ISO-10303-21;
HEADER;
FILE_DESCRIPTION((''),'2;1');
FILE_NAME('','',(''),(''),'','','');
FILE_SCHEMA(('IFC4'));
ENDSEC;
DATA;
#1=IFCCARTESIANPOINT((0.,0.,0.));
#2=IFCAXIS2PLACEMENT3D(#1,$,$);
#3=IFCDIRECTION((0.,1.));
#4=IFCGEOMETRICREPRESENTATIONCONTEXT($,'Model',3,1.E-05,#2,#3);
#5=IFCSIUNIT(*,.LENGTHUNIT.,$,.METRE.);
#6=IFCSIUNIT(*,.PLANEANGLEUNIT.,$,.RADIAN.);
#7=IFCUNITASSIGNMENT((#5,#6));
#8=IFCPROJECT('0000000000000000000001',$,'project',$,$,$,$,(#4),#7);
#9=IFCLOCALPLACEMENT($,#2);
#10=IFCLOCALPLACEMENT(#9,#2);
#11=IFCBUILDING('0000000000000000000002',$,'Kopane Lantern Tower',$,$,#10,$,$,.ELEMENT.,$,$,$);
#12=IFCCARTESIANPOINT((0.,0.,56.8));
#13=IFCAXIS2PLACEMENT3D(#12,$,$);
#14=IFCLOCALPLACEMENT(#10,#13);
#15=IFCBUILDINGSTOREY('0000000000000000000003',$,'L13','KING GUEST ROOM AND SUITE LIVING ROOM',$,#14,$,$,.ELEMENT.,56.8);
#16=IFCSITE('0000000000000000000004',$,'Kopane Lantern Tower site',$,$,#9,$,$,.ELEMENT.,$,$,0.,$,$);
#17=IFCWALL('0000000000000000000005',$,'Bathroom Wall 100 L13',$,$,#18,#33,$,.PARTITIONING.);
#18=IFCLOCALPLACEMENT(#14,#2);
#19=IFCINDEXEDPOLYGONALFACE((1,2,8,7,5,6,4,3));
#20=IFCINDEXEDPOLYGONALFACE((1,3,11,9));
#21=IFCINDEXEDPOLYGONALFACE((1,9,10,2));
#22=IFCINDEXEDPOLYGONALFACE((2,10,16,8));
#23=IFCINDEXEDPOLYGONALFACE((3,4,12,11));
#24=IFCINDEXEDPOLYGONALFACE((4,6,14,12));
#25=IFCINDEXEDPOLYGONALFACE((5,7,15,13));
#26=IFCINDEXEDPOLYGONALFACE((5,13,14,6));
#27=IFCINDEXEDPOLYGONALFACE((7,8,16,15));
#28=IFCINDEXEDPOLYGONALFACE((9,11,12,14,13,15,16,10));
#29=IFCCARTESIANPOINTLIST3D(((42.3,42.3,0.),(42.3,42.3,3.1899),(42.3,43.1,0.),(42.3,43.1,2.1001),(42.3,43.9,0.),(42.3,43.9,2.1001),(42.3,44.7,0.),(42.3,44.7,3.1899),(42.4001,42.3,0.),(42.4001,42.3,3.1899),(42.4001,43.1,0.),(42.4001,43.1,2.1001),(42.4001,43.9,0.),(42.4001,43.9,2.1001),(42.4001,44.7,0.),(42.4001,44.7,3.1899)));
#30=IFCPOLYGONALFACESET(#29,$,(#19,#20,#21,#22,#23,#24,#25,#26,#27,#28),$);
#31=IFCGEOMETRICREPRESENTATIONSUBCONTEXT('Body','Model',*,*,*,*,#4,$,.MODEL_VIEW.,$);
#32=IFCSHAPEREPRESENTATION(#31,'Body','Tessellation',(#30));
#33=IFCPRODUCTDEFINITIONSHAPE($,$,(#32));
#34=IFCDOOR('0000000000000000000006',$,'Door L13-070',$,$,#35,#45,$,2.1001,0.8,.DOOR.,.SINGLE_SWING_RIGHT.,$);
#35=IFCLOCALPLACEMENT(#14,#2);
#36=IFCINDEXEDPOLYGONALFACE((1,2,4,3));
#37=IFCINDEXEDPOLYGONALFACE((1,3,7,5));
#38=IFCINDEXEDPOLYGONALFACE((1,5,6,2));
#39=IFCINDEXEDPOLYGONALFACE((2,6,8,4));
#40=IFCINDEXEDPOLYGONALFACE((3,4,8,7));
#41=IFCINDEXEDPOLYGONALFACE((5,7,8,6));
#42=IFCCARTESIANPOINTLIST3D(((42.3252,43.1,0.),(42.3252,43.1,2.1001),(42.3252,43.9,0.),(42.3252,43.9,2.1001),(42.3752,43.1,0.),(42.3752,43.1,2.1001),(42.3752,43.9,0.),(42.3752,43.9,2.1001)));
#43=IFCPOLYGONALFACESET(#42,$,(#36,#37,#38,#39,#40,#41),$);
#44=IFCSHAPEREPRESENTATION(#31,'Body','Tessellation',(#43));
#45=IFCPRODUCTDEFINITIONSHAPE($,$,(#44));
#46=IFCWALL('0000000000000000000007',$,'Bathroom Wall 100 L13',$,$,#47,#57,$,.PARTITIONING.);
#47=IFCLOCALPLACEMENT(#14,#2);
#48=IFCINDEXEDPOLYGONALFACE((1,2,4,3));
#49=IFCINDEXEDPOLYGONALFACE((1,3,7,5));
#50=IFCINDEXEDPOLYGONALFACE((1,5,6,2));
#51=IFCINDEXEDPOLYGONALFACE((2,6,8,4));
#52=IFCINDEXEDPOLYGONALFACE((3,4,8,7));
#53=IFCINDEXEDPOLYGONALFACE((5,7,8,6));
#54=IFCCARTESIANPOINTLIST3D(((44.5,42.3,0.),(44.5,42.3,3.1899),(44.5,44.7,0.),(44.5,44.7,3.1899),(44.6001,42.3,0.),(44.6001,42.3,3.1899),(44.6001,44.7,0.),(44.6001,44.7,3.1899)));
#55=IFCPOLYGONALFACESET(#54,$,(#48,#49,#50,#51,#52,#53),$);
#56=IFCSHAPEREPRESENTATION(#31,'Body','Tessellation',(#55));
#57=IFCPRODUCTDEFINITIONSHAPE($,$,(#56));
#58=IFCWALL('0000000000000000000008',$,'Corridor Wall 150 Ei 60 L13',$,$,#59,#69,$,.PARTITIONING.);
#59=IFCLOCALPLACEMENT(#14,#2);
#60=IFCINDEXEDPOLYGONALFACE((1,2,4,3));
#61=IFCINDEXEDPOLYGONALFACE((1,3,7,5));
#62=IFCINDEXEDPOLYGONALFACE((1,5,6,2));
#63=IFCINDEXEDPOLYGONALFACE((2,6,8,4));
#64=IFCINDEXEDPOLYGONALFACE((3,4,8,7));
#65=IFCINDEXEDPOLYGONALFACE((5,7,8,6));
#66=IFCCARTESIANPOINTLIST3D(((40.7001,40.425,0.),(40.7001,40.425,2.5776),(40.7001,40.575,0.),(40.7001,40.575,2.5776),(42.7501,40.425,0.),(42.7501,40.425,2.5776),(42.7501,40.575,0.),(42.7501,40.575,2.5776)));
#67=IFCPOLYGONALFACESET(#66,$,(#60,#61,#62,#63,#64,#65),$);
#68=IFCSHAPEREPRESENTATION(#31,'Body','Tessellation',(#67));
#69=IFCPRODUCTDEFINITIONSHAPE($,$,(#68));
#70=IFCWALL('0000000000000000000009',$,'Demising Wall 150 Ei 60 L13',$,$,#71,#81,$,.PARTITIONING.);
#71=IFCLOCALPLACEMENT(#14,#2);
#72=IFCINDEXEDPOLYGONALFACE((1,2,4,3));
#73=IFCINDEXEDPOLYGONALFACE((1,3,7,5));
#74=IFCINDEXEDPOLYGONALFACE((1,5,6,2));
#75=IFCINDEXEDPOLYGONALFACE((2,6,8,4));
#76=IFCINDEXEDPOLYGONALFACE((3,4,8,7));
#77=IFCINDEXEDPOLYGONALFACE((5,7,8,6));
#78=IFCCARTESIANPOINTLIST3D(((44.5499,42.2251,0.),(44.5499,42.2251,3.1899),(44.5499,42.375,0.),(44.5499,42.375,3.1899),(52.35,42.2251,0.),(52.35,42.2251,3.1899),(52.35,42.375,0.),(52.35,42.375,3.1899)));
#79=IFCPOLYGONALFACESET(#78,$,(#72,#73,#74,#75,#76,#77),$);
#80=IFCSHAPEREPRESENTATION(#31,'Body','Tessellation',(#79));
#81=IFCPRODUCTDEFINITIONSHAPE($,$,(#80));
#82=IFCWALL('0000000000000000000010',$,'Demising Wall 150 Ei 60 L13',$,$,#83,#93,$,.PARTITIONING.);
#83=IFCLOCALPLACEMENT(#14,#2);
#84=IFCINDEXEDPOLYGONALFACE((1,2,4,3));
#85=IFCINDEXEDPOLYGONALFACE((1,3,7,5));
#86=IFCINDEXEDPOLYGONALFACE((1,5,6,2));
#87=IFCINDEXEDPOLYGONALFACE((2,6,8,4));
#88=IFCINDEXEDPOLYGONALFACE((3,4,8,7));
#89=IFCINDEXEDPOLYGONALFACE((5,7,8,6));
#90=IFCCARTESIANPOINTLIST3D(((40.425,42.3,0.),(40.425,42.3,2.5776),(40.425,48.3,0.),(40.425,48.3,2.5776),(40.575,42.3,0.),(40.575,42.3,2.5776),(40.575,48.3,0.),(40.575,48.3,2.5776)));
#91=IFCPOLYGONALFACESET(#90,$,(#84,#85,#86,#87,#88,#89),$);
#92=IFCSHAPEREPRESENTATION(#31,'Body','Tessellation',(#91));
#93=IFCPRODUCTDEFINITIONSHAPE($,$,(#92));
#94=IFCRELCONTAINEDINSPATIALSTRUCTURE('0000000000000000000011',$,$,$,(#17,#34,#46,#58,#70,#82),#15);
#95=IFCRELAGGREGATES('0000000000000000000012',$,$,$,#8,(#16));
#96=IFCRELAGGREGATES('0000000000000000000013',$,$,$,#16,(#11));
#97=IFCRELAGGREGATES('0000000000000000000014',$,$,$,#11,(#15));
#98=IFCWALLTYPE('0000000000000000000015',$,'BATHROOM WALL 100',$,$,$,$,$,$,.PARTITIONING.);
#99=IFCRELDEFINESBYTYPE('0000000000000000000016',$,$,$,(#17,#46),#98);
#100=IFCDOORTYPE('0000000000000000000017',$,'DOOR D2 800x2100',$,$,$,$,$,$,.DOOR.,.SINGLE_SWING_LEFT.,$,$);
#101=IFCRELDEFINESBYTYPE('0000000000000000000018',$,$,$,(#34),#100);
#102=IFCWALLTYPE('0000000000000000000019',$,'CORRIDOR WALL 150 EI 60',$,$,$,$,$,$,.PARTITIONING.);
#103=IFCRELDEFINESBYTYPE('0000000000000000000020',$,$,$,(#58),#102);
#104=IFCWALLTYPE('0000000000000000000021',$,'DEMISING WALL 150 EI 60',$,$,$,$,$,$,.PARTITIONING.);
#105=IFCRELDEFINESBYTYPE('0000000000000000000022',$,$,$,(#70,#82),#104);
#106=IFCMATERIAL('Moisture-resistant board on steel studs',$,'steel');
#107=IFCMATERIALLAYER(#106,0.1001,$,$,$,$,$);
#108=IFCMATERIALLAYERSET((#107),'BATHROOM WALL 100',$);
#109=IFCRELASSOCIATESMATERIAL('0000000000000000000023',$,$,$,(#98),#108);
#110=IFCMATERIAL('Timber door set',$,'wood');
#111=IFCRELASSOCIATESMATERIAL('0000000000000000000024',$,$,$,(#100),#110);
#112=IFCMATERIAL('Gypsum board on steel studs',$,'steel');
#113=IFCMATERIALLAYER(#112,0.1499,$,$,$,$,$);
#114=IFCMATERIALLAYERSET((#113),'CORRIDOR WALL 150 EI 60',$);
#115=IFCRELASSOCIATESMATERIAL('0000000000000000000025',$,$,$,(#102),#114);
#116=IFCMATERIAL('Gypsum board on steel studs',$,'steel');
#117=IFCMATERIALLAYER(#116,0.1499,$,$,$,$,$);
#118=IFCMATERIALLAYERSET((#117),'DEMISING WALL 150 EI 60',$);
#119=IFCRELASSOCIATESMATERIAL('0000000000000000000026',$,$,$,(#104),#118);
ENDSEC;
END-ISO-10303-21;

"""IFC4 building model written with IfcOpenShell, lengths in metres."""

from ifc_helpers import new_model, si_unit, direction, frame, frame_2d, origin, place, context, subcontext, project, spatial, rectangle, extrude, material, layer, layer_set, type_object, element, fill, save


model = new_model("IFC4")

# Units and contexts
model_context = context("Model", 3, precision=1e-05, world=origin(), true_north=direction((0.0, 1.0)))
body_context = subcontext(model_context, "Body", "Model", "MODEL_VIEW")
ifc_project = project(units=[si_unit("LENGTHUNIT", "METRE"), si_unit("PLANEANGLEUNIT", "RADIAN")], contexts=[model_context])

# Site, building, storey
site_placement = place(None, origin())
site = spatial("IfcSite", under=ifc_project, at=site_placement, Name="Kopane Lantern Tower site", CompositionType="ELEMENT", RefElevation=0.0)
building_placement = place(site_placement, origin())
building = spatial("IfcBuilding", under=site, at=building_placement, Name="Kopane Lantern Tower", CompositionType="ELEMENT")
storey_placement = place(building_placement, frame((0.0, 0.0, 56.8)))
storey = spatial("IfcBuildingStorey", under=building, at=storey_placement, Name="L13", Description="KING GUEST ROOM AND SUITE LIVING ROOM", CompositionType="ELEMENT", Elevation=56.8)

# Wall, opening, door
ifc_material_1 = material(Name="Moisture-resistant board on steel studs", Category="steel")
ifc_layer_1 = layer(ifc_material_1, 0.1001)
ifc_layer_set_1 = layer_set([ifc_layer_1], Name="BATHROOM WALL 100")
wall_type_1 = type_object("IfcWallType", Name="BATHROOM WALL 100", PredefinedType="PARTITIONING", material=ifc_layer_set_1)
wall_1_placement = place(storey_placement, frame((42.3501, 42.3, 0.0), z_axis=(0.0, 0.0, 1.0), x_axis=(0.0, 1.0, 0.0)))
wall_1 = element("IfcWall", 1, at=wall_1_placement, inside=storey, type_object=wall_type_1, Name="Bathroom Wall 100 L13", PredefinedType="PARTITIONING", context=body_context, shape_type="SweptSolid", body=[
    extrude(rectangle(XDim=2.3999, YDim=0.1001, at=frame_2d((1.2, 0.0))), origin(), (0.0, 0.0, 1.0), 3.1899),
])
opening_1_placement = place(wall_1_placement, frame((0.8, 0.0, 0.0)))
opening_1 = element("IfcOpeningElement", 2, at=opening_1_placement, cuts=wall_1, PredefinedType="OPENING", context=body_context, shape_type="SweptSolid", body=[
    extrude(rectangle(XDim=0.8, YDim=2.1001, at=frame_2d((0.3999, 1.05))), frame((0.0, 0.0601, 0.0), z_axis=(0.0, -1.0, 0.0), x_axis=(1.0, 0.0, 0.0)), (0.0, 0.0, 1.0), 0.1201),
])
ifc_material_2 = material(Name="Timber door set", Category="wood")
door_type_1 = type_object("IfcDoorType", Name="DOOR D2 800x2100", OperationType="SINGLE_SWING_LEFT", PredefinedType="DOOR", material=ifc_material_2)
door_1_placement = place(opening_1_placement, origin())
door_1 = element("IfcDoor", 3, at=door_1_placement, inside=storey, type_object=door_type_1, Name="Door L13-070", OperationType="SINGLE_SWING_RIGHT", OverallHeight=2.1001, OverallWidth=0.8, PredefinedType="DOOR", context=body_context, shape_type="SweptSolid", body=[
    extrude(rectangle(XDim=0.8, YDim=2.1001, at=frame_2d((0.3999, 1.05))), frame((0.0, 0.0249, 0.0), z_axis=(0.0, -1.0, 0.0), x_axis=(1.0, 0.0, 0.0)), (0.0, 0.0, 1.0), 0.05),
])
fill(opening_1, door_1)

# Walls
wall_2_placement = place(storey_placement, frame((44.55, 42.3, 0.0), z_axis=(0.0, 0.0, 1.0), x_axis=(0.0, 1.0, 0.0)))
element("IfcWall", 4, at=wall_2_placement, inside=storey, type_object=wall_type_1, Name="Bathroom Wall 100 L13", PredefinedType="PARTITIONING", context=body_context, shape_type="SweptSolid", body=[
    extrude(rectangle(XDim=2.3999, YDim=0.1001, at=frame_2d((1.2, 0.0))), origin(), (0.0, 0.0, 1.0), 3.1899),
])
ifc_material_3 = material(Name="Gypsum board on steel studs", Category="steel")
ifc_layer_2 = layer(ifc_material_3, 0.1499)
ifc_layer_set_2 = layer_set([ifc_layer_2], Name="CORRIDOR WALL 150 EI 60")
wall_type_2 = type_object("IfcWallType", Name="CORRIDOR WALL 150 EI 60", PredefinedType="PARTITIONING", material=ifc_layer_set_2)
wall_3_placement = place(storey_placement, frame((42.75, 40.5, 0.0), z_axis=(0.0, 0.0, 1.0), x_axis=(-1.0, 0.0, 0.0)))
element("IfcWall", 5, at=wall_3_placement, inside=storey, type_object=wall_type_2, Name="Corridor Wall 150 Ei 60 L13", PredefinedType="PARTITIONING", context=body_context, shape_type="SweptSolid", body=[
    extrude(rectangle(XDim=2.05, YDim=0.1499, at=frame_2d((1.0249, 0.0))), origin(), (0.0, 0.0, 1.0), 2.5776),
])
ifc_material_4 = material(Name="Gypsum board on steel studs", Category="steel")
ifc_layer_3 = layer(ifc_material_4, 0.1499)
ifc_layer_set_3 = layer_set([ifc_layer_3], Name="DEMISING WALL 150 EI 60")
wall_type_3 = type_object("IfcWallType", Name="DEMISING WALL 150 EI 60", PredefinedType="PARTITIONING", material=ifc_layer_set_3)
wall_4_placement = place(storey_placement, frame((44.55, 42.3, 0.0), z_axis=(0.0, 0.0, 1.0), x_axis=(1.0, 0.0, 0.0)))
element("IfcWall", 6, at=wall_4_placement, inside=storey, type_object=wall_type_3, Name="Demising Wall 150 Ei 60 L13", PredefinedType="PARTITIONING", context=body_context, shape_type="SweptSolid", body=[
    extrude(rectangle(XDim=7.8, YDim=0.1499, at=frame_2d((3.8999, 0.0))), origin(), (0.0, 0.0, 1.0), 3.1899),
])
wall_5_placement = place(storey_placement, frame((40.5, 42.3, 0.0), z_axis=(0.0, 0.0, 1.0), x_axis=(0.0, 1.0, 0.0)))
element("IfcWall", 7, at=wall_5_placement, inside=storey, type_object=wall_type_3, Name="Demising Wall 150 Ei 60 L13", PredefinedType="PARTITIONING", context=body_context, shape_type="SweptSolid", body=[
    extrude(rectangle(XDim=6.0, YDim=0.1499, at=frame_2d((3.0, 0.0))), origin(), (0.0, 0.0, 1.0), 2.5776),
])

save(model, "model.ifc")
